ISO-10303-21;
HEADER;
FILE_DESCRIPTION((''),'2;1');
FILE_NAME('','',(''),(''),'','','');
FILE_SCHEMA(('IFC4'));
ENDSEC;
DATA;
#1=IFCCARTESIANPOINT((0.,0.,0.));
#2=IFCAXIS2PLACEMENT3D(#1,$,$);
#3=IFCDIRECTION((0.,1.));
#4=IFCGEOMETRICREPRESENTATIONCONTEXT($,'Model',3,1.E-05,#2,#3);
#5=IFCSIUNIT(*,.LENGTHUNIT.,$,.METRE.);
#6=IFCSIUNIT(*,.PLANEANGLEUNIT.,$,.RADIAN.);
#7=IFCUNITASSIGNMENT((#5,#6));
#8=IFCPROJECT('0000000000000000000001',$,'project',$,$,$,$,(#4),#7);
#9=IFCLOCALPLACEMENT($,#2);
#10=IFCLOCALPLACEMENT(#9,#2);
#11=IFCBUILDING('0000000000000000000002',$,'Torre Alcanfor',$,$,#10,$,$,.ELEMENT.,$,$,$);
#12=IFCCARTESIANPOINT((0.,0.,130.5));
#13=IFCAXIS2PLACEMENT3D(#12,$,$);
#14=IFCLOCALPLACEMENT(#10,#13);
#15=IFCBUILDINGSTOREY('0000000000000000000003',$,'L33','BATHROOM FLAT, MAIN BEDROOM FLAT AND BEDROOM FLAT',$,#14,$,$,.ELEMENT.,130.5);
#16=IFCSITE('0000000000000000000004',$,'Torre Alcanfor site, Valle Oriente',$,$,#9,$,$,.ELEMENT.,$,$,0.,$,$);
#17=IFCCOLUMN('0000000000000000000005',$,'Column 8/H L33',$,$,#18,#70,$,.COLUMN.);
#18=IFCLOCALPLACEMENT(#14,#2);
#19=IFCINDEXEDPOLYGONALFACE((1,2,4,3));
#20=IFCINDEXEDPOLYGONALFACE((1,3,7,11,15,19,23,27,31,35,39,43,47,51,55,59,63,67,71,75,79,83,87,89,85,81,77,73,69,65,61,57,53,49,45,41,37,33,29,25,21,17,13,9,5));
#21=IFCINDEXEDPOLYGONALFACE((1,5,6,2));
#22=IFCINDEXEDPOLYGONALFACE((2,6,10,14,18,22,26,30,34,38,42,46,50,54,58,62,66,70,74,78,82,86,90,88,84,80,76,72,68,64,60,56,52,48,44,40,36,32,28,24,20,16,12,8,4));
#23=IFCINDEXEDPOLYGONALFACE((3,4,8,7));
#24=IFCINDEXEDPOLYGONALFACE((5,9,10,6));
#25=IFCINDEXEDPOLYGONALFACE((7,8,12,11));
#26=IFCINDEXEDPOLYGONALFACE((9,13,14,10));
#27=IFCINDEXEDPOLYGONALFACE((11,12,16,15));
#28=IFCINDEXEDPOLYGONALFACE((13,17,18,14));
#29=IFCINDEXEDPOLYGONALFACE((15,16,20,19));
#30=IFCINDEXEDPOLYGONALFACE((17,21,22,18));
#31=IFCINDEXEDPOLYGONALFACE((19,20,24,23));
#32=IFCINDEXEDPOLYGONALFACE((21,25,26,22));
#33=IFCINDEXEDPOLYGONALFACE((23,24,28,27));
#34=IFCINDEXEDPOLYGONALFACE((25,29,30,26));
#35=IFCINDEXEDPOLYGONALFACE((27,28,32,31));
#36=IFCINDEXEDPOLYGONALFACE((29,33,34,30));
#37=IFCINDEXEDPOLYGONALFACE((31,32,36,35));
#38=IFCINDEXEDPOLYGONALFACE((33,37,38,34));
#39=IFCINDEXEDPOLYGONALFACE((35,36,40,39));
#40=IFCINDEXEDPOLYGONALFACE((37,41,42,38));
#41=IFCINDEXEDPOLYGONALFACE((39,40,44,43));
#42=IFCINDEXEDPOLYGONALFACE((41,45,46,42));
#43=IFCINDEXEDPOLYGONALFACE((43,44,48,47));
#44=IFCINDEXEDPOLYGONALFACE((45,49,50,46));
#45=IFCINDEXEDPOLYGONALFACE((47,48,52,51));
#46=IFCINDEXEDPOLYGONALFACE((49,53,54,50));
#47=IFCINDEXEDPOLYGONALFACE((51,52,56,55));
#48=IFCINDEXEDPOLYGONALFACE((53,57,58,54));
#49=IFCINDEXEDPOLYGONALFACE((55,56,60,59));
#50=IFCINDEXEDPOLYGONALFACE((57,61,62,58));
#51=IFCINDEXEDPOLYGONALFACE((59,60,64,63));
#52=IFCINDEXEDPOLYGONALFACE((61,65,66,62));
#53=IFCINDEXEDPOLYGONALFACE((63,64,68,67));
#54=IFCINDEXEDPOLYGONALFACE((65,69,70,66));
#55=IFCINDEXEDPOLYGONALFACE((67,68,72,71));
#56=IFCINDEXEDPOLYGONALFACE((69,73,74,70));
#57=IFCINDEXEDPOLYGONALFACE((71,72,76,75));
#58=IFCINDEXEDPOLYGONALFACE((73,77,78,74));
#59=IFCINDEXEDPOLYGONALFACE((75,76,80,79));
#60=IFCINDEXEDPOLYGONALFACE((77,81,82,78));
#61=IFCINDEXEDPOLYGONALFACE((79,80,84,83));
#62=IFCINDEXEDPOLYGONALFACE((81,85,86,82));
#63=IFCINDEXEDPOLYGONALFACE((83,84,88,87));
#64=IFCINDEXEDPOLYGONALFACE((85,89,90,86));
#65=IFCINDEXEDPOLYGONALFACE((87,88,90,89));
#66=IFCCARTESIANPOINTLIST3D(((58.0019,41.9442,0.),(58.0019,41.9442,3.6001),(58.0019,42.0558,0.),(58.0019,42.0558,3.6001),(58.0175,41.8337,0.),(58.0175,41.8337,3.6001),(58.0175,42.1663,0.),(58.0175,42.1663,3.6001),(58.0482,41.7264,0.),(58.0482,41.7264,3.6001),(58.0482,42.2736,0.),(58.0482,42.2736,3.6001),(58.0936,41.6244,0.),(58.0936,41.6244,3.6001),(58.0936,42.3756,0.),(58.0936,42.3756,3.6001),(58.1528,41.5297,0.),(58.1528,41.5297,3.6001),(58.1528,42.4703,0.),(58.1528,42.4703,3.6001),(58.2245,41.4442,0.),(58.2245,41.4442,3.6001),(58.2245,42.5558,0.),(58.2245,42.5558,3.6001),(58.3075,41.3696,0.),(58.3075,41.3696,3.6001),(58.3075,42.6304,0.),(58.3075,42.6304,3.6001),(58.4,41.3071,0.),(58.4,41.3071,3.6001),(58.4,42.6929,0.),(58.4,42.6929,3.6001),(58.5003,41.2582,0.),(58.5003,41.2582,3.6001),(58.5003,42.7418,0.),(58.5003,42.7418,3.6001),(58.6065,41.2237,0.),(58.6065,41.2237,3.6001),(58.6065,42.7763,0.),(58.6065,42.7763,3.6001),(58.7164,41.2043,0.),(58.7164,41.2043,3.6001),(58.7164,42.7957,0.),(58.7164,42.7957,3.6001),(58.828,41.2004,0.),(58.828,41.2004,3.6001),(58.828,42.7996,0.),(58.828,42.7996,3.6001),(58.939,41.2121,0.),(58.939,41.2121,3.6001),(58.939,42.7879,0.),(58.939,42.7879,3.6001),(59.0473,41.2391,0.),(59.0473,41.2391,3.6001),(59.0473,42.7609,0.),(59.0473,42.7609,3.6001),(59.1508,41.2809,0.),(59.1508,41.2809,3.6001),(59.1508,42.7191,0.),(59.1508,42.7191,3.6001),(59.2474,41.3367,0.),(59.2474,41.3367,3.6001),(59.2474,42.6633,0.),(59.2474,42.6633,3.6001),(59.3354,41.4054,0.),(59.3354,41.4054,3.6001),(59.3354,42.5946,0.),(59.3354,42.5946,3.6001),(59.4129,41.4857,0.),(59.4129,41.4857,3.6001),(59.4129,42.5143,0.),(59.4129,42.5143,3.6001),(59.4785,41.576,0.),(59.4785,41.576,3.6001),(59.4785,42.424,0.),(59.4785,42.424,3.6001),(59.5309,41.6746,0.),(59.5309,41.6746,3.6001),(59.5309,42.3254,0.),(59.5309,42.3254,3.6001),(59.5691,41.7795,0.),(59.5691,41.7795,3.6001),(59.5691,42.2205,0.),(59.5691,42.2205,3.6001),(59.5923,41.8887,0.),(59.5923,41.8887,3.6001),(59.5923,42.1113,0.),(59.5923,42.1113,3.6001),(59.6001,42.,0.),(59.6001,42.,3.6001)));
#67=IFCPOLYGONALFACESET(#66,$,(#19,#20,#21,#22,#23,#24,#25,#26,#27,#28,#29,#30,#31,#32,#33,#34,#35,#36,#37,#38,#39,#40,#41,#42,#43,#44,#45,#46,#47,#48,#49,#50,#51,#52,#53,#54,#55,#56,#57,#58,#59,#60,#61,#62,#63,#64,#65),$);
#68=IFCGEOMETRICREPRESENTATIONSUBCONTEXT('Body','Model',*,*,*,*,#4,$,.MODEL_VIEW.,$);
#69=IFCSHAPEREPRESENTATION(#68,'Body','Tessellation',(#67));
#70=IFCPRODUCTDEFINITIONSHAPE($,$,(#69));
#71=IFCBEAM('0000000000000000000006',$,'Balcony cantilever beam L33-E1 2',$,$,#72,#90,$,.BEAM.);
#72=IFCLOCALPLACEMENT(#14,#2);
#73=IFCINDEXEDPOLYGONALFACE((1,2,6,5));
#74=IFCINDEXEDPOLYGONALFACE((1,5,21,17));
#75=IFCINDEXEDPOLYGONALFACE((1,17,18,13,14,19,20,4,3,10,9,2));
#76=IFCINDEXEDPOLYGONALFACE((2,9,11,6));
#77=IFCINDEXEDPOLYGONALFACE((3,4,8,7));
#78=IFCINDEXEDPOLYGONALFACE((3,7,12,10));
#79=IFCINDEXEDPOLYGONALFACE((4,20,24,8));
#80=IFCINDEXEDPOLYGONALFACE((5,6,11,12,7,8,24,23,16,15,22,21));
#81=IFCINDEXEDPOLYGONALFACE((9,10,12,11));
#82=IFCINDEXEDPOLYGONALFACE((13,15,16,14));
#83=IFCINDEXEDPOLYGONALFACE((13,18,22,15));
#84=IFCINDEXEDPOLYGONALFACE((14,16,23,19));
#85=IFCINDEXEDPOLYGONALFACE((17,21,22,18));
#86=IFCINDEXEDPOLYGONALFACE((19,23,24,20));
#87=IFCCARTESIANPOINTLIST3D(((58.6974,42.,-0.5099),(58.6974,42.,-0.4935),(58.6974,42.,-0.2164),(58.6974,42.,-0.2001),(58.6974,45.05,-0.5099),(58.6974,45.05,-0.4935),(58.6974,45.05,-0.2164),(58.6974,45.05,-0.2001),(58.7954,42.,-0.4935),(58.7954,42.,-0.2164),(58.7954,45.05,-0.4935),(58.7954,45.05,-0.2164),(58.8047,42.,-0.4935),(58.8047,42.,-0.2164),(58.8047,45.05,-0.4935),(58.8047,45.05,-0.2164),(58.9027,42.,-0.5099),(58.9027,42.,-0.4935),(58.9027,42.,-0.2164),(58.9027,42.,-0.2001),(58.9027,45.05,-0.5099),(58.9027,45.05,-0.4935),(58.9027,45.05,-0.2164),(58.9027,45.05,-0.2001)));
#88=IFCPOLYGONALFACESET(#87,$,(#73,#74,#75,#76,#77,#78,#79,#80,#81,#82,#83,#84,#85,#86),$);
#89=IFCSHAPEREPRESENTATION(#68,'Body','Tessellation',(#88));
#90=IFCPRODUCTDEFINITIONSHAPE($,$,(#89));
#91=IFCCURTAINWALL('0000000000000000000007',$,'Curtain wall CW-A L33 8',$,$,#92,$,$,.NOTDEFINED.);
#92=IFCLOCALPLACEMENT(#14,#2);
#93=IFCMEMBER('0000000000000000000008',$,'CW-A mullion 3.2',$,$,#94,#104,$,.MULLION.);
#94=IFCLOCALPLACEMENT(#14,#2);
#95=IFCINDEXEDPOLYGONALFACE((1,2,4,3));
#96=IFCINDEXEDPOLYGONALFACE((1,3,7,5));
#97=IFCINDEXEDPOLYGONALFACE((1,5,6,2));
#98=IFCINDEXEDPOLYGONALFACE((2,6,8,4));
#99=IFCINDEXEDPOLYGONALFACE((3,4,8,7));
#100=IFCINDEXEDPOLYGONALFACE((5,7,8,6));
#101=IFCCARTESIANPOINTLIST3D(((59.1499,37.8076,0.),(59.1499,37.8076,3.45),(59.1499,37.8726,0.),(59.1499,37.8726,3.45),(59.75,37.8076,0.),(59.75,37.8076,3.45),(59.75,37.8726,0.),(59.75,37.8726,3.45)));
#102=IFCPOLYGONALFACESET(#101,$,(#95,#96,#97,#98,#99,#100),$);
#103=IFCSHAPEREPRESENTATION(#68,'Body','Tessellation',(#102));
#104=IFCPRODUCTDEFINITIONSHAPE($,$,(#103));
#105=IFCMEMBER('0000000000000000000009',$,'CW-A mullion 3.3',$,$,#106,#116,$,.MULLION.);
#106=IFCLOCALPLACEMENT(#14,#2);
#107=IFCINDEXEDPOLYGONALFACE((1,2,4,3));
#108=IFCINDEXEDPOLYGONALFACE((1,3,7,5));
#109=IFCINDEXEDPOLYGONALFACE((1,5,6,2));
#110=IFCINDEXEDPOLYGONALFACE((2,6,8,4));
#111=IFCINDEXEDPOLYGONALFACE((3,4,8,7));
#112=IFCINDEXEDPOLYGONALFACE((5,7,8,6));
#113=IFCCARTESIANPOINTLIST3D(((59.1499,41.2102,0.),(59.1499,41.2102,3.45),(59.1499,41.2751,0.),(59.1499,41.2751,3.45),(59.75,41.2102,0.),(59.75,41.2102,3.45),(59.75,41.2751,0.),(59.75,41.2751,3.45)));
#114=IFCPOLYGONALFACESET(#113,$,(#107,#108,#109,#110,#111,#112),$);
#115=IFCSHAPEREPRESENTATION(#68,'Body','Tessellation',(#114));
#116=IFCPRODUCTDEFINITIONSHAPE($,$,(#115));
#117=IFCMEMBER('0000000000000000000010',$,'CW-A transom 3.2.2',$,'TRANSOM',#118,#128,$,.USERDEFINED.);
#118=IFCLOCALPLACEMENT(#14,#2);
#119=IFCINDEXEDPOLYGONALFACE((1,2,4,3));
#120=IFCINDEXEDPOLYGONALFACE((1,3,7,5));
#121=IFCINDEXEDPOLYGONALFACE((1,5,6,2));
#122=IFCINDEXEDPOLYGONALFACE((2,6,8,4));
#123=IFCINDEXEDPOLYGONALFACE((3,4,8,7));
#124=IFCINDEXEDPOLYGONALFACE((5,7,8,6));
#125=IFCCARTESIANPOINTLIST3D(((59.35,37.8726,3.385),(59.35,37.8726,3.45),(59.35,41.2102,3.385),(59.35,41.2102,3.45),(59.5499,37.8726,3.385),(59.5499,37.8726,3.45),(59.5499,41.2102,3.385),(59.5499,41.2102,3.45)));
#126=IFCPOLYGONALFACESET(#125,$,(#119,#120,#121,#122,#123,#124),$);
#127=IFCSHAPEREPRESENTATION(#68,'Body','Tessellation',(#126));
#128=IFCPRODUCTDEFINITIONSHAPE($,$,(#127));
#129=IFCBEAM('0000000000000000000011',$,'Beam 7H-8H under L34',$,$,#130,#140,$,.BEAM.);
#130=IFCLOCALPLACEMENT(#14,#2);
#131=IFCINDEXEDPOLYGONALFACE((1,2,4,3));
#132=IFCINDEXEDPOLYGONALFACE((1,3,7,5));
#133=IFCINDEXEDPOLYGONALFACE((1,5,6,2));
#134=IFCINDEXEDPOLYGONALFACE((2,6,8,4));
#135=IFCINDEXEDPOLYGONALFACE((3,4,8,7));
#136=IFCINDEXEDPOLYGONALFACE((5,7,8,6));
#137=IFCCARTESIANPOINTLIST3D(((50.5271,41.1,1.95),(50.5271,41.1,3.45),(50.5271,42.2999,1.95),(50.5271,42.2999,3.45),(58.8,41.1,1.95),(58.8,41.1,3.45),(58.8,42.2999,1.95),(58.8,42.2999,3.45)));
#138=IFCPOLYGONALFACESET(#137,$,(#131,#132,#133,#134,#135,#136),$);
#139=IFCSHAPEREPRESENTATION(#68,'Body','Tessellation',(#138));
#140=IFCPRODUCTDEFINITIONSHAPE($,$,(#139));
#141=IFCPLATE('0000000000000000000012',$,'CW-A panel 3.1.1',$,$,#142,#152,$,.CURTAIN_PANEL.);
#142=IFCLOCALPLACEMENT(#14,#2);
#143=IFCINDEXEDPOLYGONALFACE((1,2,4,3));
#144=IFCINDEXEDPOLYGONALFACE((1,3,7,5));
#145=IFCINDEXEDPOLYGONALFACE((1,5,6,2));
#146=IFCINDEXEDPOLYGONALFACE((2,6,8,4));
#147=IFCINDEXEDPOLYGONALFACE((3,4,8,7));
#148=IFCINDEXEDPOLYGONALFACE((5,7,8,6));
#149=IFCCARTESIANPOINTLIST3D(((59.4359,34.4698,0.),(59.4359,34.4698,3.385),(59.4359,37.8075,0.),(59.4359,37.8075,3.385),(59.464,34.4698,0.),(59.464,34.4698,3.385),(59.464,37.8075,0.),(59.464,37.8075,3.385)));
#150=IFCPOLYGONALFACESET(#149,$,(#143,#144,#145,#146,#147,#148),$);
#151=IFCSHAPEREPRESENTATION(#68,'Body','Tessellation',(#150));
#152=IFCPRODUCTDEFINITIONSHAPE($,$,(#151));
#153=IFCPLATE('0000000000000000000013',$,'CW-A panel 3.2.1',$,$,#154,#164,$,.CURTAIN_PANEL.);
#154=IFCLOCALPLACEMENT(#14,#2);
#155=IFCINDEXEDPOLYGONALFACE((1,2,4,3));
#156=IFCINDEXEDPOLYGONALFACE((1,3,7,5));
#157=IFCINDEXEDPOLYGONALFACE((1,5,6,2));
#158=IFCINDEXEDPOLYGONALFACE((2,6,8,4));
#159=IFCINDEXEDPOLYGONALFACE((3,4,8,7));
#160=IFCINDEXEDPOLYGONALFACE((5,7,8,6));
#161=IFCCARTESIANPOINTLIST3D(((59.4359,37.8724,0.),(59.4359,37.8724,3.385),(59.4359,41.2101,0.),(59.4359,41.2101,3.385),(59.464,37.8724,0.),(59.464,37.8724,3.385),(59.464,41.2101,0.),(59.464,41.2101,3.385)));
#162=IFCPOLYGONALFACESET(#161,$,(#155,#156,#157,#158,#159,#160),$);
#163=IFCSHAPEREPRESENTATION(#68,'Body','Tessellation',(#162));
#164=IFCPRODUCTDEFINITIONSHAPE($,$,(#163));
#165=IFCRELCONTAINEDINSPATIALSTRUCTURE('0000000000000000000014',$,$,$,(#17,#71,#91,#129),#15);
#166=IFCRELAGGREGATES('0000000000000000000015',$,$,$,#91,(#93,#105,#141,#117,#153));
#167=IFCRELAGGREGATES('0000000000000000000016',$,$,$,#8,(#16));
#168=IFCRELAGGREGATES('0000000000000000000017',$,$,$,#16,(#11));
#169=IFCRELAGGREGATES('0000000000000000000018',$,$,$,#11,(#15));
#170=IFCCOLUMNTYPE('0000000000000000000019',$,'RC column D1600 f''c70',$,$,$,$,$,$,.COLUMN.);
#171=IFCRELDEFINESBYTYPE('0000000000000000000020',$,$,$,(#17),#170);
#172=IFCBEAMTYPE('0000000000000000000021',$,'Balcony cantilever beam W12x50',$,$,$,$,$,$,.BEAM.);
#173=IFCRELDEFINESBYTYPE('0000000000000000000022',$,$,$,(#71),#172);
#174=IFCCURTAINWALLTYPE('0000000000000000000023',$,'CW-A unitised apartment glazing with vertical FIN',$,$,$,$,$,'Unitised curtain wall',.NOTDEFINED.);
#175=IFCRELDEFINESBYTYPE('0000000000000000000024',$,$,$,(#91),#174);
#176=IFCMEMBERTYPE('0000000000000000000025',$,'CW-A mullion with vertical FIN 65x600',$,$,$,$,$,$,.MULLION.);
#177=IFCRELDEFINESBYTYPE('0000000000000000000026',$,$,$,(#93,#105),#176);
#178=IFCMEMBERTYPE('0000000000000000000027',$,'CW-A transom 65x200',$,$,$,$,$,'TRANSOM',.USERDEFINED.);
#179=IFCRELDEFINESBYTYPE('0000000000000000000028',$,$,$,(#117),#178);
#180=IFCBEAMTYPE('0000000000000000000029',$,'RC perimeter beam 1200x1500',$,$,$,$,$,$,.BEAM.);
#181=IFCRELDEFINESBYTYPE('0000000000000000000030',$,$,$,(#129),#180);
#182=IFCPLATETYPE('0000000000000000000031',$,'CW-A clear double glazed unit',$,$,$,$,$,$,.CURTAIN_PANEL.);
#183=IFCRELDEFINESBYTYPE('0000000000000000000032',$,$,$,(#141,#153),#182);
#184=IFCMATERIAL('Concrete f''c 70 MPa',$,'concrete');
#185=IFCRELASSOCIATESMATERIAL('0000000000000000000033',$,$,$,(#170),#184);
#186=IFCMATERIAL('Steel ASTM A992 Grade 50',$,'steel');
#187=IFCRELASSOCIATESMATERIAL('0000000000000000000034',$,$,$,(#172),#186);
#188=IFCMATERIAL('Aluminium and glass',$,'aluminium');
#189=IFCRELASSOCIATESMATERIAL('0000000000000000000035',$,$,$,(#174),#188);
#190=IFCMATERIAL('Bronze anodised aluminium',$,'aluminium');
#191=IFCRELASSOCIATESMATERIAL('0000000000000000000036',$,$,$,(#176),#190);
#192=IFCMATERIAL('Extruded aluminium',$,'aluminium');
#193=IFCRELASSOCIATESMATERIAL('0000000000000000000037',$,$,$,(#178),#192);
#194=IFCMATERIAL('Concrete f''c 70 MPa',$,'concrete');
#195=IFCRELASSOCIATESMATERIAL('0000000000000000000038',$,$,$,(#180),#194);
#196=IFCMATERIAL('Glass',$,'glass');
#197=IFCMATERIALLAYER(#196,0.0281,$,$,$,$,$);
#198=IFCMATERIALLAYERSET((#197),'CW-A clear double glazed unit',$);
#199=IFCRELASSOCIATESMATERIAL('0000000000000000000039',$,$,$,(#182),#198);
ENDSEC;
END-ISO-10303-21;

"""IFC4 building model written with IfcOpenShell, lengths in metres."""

from ifc_helpers import new_model, si_unit, direction, frame, origin, origin_2d, place, context, subcontext, project, spatial, rectangle, circle, i_section, extrude, material, layer, layer_set, material_profile, profile_set, type_object, element, aggregate, save


model = new_model("IFC4")

# Units and contexts
model_context = context("Model", 3, precision=1e-05, world=origin(), true_north=direction((0.0, 1.0)))
body_context = subcontext(model_context, "Body", "Model", "MODEL_VIEW")
ifc_project = project(units=[si_unit("LENGTHUNIT", "METRE"), si_unit("PLANEANGLEUNIT", "RADIAN")], contexts=[model_context])

# Site, building, storey
site_placement = place(None, origin())
site = spatial("IfcSite", under=ifc_project, at=site_placement, Name="Torre Alcanfor site, Valle Oriente", CompositionType="ELEMENT", RefElevation=0.0)
building_placement = place(site_placement, origin())
building = spatial("IfcBuilding", under=site, at=building_placement, Name="Torre Alcanfor", CompositionType="ELEMENT")
storey_placement = place(building_placement, frame((0.0, 0.0, 130.5)))
storey = spatial("IfcBuildingStorey", under=building, at=storey_placement, Name="L33", Description="BATHROOM FLAT, MAIN BEDROOM FLAT AND BEDROOM FLAT", CompositionType="ELEMENT", Elevation=130.5)

# Column
ifc_material_1 = material(Name="Concrete f'c 70 MPa", Category="concrete")
ifc_material_profile_1 = material_profile(ifc_material_1, circle(Radius=0.8, at=origin_2d()), Name="D1600")
ifc_profile_set_1 = profile_set([ifc_material_profile_1], Name="Concrete f'c 70 MPa")
column_type = type_object("IfcColumnType", Name="RC column D1600 f'c70", PredefinedType="COLUMN", material=ifc_profile_set_1)
column_placement = place(storey_placement, frame((58.8, 42.0, 0.0), z_axis=(0.0, 0.0, 1.0), x_axis=(1.0, 0.0, 0.0)))
element("IfcColumn", 1, at=column_placement, inside=storey, type_object=column_type, Name="Column 8/H L33", PredefinedType="COLUMN", context=body_context, shape_type="SweptSolid", body=[
    extrude(circle(Radius=0.8, at=origin_2d()), origin(), (0.0, 0.0, 1.0), 3.6001),
])

# Beam
ifc_material_2 = material(Name="Steel ASTM A992 Grade 50", Category="steel")
ifc_material_profile_2 = material_profile(ifc_material_2, i_section(OverallWidth=0.2053, OverallDepth=0.3098, WebThickness=0.0093, FlangeThickness=0.0164, at=origin_2d()), Name="W12x50")
ifc_profile_set_2 = profile_set([ifc_material_profile_2], Name="Steel ASTM A992 Grade 50")
beam_type_1 = type_object("IfcBeamType", Name="Balcony cantilever beam W12x50", PredefinedType="BEAM", material=ifc_profile_set_2)
beam_1_placement = place(storey_placement, frame((58.8, 42.0, -0.355), z_axis=(0.0, 1.0, 0.0), x_axis=(-1.0, 0.0, 0.0)))
element("IfcBeam", 2, at=beam_1_placement, inside=storey, type_object=beam_type_1, Name="Balcony cantilever beam L33-E1 2", PredefinedType="BEAM", context=body_context, shape_type="SweptSolid", body=[
    extrude(i_section(OverallWidth=0.2053, OverallDepth=0.3098, WebThickness=0.0093, FlangeThickness=0.0164, at=origin_2d()), origin(), (0.0, 0.0, 1.0), 3.05),
])

# Curtain wall, members
ifc_material_3 = material(Name="Aluminium and glass", Category="aluminium")
curtain_wall_type = type_object("IfcCurtainWallType", Name="CW-A unitised apartment glazing with vertical FIN", ElementType="Unitised curtain wall", PredefinedType="NOTDEFINED", material=ifc_material_3)
curtain_wall_placement = place(storey_placement, origin())
curtain_wall = element("IfcCurtainWall", 3, at=curtain_wall_placement, inside=storey, type_object=curtain_wall_type, Name="Curtain wall CW-A L33 8", PredefinedType="NOTDEFINED")
ifc_material_4 = material(Name="Bronze anodised aluminium", Category="aluminium")
ifc_material_profile_3 = material_profile(ifc_material_4, rectangle(XDim=0.6001, YDim=0.0649, at=origin_2d()), Name="CW-A mullion 65x600")
ifc_profile_set_3 = profile_set([ifc_material_profile_3], Name="Bronze anodised aluminium")
member_type_1 = type_object("IfcMemberType", Name="CW-A mullion with vertical FIN 65x600", PredefinedType="MULLION", material=ifc_profile_set_3)
member_1_placement = place(storey_placement, frame((59.45, 37.8401, 0.0), z_axis=(0.0, 0.0, 1.0), x_axis=(-1.0, 0.0, 0.0)))
member_1 = element("IfcMember", 4, at=member_1_placement, type_object=member_type_1, Name="CW-A mullion 3.2", PredefinedType="MULLION", context=body_context, shape_type="SweptSolid", body=[
    extrude(rectangle(XDim=0.6001, YDim=0.0649, at=origin_2d()), origin(), (0.0, 0.0, 1.0), 3.45),
])
member_2_placement = place(storey_placement, frame((59.45, 41.2427, 0.0), z_axis=(0.0, 0.0, 1.0), x_axis=(-1.0, 0.0, 0.0)))
member_2 = element("IfcMember", 5, at=member_2_placement, type_object=member_type_1, Name="CW-A mullion 3.3", PredefinedType="MULLION", context=body_context, shape_type="SweptSolid", body=[
    extrude(rectangle(XDim=0.6001, YDim=0.0649, at=origin_2d()), origin(), (0.0, 0.0, 1.0), 3.45),
])
ifc_material_5 = material(Name="Extruded aluminium", Category="aluminium")
ifc_material_profile_4 = material_profile(ifc_material_5, rectangle(XDim=0.2, YDim=0.0649, at=origin_2d()), Name="CW-A transom 200x65")
ifc_profile_set_4 = profile_set([ifc_material_profile_4], Name="Extruded aluminium")
member_type_2 = type_object("IfcMemberType", Name="CW-A transom 65x200", ElementType="TRANSOM", PredefinedType="USERDEFINED", material=ifc_profile_set_4)
member_3_placement = place(storey_placement, frame((59.45, 37.8726, 3.4175), z_axis=(0.0, 1.0, 0.0), x_axis=(-1.0, 0.0, 0.0)))
member_3 = element("IfcMember", 6, at=member_3_placement, type_object=member_type_2, Name="CW-A transom 3.2.2", ObjectType="TRANSOM", PredefinedType="USERDEFINED", context=body_context, shape_type="SweptSolid", body=[
    extrude(rectangle(XDim=0.2, YDim=0.0649, at=origin_2d()), origin(), (0.0, 0.0, 1.0), 3.3376),
])

# Beam
ifc_material_6 = material(Name="Concrete f'c 70 MPa", Category="concrete")
ifc_material_profile_5 = material_profile(ifc_material_6, rectangle(XDim=1.2, YDim=1.5, at=origin_2d()), Name="1200x1500")
ifc_profile_set_5 = profile_set([ifc_material_profile_5], Name="Concrete f'c 70 MPa")
beam_type_2 = type_object("IfcBeamType", Name="RC perimeter beam 1200x1500", PredefinedType="BEAM", material=ifc_profile_set_5)
beam_2_placement = place(storey_placement, frame((50.5271, 41.7, 2.7), z_axis=(1.0, 0.0, 0.0), x_axis=(0.0, 1.0, 0.0)))
element("IfcBeam", 7, at=beam_2_placement, inside=storey, type_object=beam_type_2, Name="Beam 7H-8H under L34", PredefinedType="BEAM", context=body_context, shape_type="SweptSolid", body=[
    extrude(rectangle(XDim=1.2, YDim=1.5, at=origin_2d()), origin(), (0.0, 0.0, 1.0), 8.2729),
])

# Plates
ifc_material_7 = material(Name="Glass", Category="glass")
ifc_layer_1 = layer(ifc_material_7, 0.0281)
ifc_layer_set_1 = layer_set([ifc_layer_1], Name="CW-A clear double glazed unit")
plate_type = type_object("IfcPlateType", Name="CW-A clear double glazed unit", PredefinedType="CURTAIN_PANEL", material=ifc_layer_set_1)
plate_1_placement = place(storey_placement, frame((59.45, 36.1387, 0.0), z_axis=(0.0, 0.0, 1.0), x_axis=(0.0, 1.0, 0.0)))
plate_1 = element("IfcPlate", 8, at=plate_1_placement, type_object=plate_type, Name="CW-A panel 3.1.1", PredefinedType="CURTAIN_PANEL", context=body_context, shape_type="SweptSolid", body=[
    extrude(rectangle(XDim=3.3376, YDim=0.0281, at=origin_2d()), origin(), (0.0, 0.0, 1.0), 3.385),
])
plate_2_placement = place(storey_placement, frame((59.45, 39.5413, 0.0), z_axis=(0.0, 0.0, 1.0), x_axis=(0.0, 1.0, 0.0)))
plate_2 = element("IfcPlate", 9, at=plate_2_placement, type_object=plate_type, Name="CW-A panel 3.2.1", PredefinedType="CURTAIN_PANEL", context=body_context, shape_type="SweptSolid", body=[
    extrude(rectangle(XDim=3.3376, YDim=0.0281, at=origin_2d()), origin(), (0.0, 0.0, 1.0), 3.385),
])
aggregate(curtain_wall, [member_1, member_2, plate_1, member_3, plate_2])

save(model, "model.ifc")
